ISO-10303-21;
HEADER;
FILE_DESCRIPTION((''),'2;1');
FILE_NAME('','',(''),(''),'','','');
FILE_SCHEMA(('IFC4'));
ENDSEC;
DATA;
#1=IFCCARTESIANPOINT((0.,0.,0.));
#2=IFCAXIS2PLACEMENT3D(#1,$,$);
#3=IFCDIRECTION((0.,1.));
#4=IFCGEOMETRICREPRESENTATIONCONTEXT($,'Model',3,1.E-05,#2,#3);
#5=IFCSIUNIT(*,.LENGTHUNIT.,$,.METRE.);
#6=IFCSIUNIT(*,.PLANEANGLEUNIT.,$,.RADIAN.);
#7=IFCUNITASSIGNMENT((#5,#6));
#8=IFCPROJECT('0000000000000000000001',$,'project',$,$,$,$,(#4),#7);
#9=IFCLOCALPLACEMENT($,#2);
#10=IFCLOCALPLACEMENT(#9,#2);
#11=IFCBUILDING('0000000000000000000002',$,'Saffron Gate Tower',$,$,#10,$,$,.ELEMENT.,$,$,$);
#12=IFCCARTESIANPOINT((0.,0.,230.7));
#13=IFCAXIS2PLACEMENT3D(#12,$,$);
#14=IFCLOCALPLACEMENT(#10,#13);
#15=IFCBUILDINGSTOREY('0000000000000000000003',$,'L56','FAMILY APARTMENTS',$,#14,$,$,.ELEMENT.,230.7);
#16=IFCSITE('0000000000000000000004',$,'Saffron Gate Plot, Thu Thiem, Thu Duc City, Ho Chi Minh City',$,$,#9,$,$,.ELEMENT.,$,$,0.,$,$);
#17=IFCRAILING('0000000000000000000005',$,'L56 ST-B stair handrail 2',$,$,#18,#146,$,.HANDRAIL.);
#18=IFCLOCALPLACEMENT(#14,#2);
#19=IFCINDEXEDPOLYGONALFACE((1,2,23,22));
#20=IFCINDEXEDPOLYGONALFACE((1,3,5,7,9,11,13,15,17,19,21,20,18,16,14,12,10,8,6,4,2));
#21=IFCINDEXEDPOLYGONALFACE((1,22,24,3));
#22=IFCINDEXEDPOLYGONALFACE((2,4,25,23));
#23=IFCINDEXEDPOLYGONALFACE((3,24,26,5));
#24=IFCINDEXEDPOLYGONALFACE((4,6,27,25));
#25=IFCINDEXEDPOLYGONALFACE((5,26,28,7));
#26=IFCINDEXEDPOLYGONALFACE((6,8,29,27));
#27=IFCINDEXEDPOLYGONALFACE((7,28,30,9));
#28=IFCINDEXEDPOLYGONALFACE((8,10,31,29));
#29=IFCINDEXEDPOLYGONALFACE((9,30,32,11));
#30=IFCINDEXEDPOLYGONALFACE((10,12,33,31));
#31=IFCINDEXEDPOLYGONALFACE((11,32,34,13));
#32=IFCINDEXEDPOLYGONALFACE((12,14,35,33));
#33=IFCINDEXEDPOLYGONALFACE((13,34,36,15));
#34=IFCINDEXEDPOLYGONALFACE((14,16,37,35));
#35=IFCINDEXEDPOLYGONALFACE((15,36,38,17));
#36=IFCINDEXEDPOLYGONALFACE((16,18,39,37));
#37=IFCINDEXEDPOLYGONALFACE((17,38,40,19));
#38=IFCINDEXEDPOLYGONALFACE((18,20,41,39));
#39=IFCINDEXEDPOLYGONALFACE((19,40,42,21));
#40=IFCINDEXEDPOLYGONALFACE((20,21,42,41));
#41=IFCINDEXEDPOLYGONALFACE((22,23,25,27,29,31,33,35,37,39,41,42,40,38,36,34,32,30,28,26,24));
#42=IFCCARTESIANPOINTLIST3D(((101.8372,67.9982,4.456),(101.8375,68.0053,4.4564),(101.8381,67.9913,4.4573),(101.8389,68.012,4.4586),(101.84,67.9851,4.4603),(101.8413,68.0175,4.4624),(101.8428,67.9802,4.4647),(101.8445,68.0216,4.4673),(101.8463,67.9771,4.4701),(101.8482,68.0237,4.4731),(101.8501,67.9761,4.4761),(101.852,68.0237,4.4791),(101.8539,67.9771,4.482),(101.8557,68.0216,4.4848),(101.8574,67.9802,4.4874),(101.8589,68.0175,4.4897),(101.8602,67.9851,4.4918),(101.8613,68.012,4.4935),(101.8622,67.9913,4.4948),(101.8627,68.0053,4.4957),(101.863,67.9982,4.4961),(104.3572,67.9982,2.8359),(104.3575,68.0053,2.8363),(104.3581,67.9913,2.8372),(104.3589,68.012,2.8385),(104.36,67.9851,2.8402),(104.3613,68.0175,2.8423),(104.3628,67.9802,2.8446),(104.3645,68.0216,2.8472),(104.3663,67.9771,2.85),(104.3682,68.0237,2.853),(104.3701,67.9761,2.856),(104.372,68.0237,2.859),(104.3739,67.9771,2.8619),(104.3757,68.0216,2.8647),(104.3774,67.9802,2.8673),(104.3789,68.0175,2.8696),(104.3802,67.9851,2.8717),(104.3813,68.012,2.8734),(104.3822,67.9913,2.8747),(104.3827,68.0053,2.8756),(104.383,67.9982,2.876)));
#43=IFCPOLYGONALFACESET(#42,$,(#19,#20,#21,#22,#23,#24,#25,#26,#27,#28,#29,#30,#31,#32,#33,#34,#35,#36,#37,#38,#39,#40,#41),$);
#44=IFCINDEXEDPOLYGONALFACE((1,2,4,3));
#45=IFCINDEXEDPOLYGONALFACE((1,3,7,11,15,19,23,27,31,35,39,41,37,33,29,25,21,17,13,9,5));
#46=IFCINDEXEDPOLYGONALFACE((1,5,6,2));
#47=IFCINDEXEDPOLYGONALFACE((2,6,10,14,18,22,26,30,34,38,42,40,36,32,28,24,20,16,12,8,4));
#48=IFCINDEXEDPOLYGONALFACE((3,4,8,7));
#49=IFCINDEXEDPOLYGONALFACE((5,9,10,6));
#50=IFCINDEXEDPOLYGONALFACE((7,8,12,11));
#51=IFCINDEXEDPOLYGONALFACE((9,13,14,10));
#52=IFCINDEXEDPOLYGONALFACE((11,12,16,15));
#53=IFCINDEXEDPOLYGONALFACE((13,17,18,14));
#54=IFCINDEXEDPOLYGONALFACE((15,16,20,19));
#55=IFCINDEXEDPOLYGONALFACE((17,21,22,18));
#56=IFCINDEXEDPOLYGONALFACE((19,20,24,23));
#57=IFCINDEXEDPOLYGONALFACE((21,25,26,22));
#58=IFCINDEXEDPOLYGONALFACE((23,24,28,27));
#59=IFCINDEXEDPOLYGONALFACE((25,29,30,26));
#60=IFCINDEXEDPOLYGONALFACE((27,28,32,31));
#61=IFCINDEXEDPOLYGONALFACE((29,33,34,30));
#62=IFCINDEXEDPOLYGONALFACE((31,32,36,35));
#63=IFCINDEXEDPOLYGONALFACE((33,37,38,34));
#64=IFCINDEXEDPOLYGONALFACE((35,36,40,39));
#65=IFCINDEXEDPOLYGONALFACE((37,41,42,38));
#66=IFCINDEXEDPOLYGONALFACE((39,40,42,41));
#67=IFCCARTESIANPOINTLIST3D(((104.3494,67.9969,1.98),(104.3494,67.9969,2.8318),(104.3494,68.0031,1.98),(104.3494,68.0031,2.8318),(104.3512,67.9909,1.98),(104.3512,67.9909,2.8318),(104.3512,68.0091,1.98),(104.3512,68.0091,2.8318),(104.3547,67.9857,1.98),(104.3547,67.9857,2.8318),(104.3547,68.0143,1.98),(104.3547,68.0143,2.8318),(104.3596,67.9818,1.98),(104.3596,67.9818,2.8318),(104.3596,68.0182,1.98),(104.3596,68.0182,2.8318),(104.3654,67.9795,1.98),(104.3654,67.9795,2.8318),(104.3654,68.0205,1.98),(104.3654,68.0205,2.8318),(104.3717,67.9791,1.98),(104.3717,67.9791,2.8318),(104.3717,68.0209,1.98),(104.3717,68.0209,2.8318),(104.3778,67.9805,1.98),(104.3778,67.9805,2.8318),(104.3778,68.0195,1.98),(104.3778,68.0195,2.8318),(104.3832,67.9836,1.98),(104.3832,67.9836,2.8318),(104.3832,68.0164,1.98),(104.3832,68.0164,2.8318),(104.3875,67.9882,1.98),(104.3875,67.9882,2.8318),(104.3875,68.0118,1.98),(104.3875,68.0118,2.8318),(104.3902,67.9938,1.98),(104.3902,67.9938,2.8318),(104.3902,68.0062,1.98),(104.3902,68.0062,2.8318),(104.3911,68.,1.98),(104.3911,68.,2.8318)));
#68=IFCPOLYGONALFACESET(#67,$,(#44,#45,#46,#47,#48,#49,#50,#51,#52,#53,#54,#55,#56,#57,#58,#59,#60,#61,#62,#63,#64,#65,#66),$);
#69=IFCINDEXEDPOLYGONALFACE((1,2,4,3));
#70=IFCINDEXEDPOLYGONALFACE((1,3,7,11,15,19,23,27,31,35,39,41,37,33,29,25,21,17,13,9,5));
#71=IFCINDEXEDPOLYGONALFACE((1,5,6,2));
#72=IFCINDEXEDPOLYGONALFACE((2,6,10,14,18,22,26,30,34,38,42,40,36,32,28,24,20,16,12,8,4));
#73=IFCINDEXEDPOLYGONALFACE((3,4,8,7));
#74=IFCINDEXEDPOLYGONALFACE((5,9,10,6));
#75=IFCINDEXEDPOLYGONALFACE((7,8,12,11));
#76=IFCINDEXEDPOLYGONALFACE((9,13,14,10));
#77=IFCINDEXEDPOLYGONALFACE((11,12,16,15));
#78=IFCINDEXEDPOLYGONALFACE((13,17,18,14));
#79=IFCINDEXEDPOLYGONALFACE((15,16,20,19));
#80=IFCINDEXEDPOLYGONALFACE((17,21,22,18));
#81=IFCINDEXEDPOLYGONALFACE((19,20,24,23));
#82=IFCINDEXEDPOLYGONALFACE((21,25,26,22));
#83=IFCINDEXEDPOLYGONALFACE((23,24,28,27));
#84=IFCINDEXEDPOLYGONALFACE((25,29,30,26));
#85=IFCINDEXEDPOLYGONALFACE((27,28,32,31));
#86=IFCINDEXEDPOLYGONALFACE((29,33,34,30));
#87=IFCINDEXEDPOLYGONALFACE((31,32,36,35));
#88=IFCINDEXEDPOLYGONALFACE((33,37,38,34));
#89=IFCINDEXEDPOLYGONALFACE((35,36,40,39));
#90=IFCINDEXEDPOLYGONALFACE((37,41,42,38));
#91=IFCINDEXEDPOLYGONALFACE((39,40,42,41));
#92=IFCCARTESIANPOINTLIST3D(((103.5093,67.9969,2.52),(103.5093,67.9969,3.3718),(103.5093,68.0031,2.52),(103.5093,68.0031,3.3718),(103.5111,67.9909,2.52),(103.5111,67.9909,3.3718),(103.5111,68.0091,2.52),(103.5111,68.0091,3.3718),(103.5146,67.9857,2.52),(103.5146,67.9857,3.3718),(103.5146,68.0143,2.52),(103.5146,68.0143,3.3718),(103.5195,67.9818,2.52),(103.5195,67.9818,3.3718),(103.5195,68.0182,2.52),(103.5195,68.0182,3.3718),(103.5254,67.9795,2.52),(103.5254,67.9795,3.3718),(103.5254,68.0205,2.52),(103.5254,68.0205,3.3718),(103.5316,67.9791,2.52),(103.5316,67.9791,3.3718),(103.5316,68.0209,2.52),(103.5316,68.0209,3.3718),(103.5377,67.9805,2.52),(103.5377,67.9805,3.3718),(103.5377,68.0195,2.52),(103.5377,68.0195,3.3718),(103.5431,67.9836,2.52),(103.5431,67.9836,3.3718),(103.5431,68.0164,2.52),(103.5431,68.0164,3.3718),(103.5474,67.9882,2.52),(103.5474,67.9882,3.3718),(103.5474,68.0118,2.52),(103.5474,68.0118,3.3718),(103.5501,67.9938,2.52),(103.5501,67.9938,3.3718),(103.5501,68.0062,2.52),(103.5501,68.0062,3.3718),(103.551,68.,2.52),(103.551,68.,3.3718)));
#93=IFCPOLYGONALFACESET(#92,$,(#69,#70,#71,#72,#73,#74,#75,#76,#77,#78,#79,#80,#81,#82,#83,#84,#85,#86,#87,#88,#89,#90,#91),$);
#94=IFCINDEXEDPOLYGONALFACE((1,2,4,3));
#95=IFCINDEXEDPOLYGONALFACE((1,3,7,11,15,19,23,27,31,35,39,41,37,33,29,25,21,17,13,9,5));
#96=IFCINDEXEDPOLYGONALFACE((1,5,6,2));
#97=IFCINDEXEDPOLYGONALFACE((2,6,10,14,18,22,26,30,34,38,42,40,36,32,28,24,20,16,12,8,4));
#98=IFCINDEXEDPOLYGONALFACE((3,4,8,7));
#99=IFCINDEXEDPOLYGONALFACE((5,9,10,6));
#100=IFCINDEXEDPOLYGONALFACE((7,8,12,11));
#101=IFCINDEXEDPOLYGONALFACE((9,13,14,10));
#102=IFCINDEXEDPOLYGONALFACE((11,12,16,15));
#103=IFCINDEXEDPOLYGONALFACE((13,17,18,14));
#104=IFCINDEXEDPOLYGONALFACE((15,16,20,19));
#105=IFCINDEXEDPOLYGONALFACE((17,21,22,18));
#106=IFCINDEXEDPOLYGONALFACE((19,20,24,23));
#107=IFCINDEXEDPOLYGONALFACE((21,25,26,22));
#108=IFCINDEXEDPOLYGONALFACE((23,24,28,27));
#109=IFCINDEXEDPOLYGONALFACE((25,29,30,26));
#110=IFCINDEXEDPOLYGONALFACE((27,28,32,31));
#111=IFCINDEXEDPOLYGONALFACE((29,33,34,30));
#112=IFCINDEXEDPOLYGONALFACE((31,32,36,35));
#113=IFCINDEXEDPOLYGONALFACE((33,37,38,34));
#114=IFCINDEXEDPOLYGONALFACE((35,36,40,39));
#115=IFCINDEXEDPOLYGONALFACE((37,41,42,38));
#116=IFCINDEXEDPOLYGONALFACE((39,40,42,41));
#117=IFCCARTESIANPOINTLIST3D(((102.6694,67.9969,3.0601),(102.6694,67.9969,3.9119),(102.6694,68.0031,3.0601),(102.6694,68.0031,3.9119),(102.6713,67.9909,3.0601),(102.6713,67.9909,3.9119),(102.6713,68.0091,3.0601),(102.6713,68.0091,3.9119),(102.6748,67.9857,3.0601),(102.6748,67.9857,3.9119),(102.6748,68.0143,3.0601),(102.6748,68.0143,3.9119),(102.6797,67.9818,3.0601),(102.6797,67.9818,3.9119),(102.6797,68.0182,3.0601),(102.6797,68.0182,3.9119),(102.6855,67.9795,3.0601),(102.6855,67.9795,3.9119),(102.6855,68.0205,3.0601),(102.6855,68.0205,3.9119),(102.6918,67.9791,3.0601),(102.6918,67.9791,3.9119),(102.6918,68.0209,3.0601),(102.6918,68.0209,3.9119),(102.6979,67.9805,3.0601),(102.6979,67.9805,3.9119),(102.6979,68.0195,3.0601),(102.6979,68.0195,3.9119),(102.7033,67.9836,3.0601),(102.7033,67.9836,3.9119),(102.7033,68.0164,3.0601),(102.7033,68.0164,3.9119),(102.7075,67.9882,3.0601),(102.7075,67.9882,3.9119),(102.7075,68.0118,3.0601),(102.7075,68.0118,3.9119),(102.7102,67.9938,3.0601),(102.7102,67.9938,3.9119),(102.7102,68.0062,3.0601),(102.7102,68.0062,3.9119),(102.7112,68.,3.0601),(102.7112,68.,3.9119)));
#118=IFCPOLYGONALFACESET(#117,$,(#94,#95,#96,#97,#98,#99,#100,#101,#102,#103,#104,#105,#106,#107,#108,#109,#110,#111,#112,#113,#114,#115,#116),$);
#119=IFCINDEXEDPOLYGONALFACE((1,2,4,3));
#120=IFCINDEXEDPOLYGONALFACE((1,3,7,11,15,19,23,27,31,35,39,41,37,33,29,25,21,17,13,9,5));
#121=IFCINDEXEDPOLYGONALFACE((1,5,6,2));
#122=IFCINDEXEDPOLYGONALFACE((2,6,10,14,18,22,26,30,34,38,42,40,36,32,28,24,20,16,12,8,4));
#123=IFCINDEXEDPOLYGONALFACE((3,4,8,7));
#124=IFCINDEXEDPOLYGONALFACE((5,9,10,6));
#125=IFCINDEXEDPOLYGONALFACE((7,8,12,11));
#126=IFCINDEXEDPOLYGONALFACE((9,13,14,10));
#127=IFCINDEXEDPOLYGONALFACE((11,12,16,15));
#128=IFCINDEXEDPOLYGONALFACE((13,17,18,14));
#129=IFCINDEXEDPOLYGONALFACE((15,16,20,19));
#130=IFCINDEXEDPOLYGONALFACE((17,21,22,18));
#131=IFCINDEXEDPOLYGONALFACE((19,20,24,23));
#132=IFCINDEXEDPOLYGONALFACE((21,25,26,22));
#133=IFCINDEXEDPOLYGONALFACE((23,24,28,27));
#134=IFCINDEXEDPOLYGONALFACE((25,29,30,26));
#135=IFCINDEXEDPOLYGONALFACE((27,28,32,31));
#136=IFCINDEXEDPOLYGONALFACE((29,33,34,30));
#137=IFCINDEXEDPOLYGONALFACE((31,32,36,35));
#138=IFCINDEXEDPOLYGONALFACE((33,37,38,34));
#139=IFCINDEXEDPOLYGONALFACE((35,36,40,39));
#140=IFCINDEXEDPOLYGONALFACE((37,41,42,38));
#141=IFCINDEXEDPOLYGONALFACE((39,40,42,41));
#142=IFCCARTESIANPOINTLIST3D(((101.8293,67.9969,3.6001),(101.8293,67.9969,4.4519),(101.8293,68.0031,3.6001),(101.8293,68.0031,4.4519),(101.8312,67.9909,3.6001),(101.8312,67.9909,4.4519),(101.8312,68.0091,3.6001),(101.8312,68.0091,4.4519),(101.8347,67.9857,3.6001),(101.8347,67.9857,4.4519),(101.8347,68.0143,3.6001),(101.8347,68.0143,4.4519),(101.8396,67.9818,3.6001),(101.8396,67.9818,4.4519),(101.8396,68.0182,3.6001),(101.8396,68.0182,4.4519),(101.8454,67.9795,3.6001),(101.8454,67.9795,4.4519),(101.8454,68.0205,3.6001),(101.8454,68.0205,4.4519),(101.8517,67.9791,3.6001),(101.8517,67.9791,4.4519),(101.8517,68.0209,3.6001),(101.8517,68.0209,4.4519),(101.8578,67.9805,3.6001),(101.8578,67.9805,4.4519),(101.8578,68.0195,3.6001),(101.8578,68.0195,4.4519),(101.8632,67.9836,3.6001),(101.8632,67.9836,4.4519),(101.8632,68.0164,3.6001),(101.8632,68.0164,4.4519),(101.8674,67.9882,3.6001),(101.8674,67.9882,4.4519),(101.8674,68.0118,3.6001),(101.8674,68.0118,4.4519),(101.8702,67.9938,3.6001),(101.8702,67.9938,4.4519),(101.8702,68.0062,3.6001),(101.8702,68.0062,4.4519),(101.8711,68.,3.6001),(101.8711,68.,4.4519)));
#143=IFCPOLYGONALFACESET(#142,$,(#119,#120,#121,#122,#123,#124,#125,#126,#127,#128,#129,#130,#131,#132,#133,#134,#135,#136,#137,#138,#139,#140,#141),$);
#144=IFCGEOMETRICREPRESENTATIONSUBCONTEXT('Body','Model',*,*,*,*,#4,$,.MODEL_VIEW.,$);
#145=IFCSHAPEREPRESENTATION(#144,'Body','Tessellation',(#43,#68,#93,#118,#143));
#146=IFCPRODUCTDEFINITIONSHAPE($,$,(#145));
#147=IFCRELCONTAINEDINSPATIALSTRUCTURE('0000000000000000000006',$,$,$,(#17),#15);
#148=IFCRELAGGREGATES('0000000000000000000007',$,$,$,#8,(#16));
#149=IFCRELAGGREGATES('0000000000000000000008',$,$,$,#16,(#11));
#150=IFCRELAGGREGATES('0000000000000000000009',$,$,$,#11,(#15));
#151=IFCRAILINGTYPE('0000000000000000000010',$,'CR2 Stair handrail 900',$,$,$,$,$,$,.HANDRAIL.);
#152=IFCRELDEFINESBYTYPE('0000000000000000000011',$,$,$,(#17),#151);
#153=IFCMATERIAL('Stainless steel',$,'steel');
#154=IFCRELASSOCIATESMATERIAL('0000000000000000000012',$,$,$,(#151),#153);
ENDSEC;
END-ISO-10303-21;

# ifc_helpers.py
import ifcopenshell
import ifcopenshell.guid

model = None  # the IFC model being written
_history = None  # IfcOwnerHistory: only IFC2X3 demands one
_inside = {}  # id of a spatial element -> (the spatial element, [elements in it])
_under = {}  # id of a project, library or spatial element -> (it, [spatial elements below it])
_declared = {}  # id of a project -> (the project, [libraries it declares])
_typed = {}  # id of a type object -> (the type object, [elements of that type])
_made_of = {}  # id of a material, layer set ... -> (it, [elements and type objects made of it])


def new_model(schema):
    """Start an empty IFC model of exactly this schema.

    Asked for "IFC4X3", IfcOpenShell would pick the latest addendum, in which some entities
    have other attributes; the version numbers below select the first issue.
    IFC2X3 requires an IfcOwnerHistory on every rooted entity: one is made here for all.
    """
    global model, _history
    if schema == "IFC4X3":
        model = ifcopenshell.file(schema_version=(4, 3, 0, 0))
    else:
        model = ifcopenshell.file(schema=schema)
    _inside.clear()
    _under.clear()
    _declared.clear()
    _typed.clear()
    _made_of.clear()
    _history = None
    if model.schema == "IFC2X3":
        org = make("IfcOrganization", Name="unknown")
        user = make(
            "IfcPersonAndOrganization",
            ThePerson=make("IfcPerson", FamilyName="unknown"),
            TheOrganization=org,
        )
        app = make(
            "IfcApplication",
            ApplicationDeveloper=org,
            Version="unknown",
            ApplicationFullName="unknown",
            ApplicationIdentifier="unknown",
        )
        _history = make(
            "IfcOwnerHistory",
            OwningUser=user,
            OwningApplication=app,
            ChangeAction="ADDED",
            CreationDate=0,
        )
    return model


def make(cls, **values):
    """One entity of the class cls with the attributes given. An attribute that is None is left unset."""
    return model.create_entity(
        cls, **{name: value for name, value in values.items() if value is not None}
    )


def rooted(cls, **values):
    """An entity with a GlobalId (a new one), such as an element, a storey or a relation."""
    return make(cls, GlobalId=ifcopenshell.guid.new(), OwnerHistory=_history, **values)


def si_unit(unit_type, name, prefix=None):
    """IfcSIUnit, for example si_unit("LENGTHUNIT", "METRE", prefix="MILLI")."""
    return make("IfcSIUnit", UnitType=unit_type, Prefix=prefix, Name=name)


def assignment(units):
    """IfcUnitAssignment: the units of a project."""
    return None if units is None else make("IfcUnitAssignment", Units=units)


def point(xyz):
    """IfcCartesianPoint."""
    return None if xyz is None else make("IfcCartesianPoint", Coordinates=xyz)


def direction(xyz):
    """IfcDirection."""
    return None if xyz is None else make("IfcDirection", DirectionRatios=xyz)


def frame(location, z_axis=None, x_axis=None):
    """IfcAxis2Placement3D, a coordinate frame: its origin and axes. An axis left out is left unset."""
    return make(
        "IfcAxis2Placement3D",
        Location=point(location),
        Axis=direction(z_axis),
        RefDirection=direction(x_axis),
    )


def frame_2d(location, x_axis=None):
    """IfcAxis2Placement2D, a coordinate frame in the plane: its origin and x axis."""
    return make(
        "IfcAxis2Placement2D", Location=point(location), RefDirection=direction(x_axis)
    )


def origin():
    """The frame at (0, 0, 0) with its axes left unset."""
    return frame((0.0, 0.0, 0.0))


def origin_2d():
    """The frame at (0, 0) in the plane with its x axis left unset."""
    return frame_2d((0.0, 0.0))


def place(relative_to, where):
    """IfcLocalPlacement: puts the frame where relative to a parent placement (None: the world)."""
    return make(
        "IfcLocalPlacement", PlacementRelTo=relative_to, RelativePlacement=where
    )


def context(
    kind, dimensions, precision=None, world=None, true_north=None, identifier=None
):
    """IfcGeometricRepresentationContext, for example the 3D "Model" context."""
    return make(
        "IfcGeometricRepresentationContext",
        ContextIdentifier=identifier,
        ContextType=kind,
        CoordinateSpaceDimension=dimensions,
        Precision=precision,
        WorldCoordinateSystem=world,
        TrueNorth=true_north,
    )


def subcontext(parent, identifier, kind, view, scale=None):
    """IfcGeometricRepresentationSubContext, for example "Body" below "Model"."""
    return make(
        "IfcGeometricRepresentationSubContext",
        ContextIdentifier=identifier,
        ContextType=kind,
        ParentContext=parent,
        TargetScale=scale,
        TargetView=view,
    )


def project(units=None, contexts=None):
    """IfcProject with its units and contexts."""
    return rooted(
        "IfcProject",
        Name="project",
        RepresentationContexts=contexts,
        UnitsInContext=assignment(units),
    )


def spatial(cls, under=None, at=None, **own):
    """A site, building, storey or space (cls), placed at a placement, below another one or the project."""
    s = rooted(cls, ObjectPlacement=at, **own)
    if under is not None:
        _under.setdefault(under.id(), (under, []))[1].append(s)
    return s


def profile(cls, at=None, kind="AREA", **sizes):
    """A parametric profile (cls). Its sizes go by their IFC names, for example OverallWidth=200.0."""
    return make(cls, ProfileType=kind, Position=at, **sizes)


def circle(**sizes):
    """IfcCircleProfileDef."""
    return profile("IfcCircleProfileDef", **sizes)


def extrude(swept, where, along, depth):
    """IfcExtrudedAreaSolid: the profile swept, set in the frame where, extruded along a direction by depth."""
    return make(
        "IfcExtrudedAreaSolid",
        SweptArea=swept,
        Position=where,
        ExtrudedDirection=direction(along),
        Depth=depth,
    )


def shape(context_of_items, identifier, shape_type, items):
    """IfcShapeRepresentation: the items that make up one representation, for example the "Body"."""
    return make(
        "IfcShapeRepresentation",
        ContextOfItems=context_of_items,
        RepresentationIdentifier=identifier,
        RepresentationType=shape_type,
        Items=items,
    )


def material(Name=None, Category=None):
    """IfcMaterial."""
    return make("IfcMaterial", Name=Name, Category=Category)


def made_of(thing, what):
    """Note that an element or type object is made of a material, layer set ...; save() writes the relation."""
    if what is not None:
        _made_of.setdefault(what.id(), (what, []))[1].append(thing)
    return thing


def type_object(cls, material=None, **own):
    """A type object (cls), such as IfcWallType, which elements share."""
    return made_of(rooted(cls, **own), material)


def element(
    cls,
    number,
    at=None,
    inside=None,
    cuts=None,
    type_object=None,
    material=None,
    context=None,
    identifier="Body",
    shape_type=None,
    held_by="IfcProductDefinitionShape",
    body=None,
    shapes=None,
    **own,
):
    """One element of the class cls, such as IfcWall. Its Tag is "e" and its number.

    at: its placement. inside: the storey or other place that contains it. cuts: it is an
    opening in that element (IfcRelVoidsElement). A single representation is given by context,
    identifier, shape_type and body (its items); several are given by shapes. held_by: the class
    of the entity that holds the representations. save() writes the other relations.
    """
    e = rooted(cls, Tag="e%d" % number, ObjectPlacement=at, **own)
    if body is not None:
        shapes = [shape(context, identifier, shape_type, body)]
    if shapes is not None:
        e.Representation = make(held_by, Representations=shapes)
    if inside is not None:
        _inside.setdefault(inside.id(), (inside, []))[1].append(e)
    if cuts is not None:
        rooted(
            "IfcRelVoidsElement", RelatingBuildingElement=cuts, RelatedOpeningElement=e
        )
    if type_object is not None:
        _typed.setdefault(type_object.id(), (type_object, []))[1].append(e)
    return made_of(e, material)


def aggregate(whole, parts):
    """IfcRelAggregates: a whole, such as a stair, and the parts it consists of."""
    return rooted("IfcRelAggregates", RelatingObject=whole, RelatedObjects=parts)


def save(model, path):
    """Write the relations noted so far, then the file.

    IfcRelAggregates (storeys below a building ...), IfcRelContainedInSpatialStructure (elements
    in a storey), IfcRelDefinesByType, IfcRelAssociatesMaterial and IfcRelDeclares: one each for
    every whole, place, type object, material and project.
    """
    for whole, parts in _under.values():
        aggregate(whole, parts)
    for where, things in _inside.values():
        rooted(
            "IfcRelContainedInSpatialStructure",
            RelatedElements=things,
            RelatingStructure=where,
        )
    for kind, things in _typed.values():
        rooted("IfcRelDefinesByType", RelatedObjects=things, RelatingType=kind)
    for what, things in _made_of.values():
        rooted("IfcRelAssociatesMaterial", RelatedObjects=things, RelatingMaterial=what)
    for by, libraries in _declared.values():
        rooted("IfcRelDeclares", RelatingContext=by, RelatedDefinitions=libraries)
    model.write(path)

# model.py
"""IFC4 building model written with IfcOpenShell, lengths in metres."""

from ifc_helpers import new_model, si_unit, direction, frame, origin, origin_2d, place, context, subcontext, project, spatial, circle, extrude, material, type_object, element, save


model = new_model("IFC4")

# Units and contexts
model_context = context("Model", 3, precision=1e-05, world=origin(), true_north=direction((0.0, 1.0)))
body_context = subcontext(model_context, "Body", "Model", "MODEL_VIEW")
ifc_project = project(units=[si_unit("LENGTHUNIT", "METRE"), si_unit("PLANEANGLEUNIT", "RADIAN")], contexts=[model_context])

# Site, building, storey
site_placement = place(None, origin())
site = spatial("IfcSite", under=ifc_project, at=site_placement, Name="Saffron Gate Plot, Thu Thiem, Thu Duc City, Ho Chi Minh City", CompositionType="ELEMENT", RefElevation=0.0)
building_placement = place(site_placement, origin())
building = spatial("IfcBuilding", under=site, at=building_placement, Name="Saffron Gate Tower", CompositionType="ELEMENT")
storey_placement = place(building_placement, frame((0.0, 0.0, 230.7)))
storey = spatial("IfcBuildingStorey", under=building, at=storey_placement, Name="L56", Description="FAMILY APARTMENTS", CompositionType="ELEMENT", Elevation=230.7)

# Railing
ifc_material_1 = material(Name="Stainless steel", Category="steel")
railing_type = type_object("IfcRailingType", Name="CR2 Stair handrail 900", PredefinedType="HANDRAIL", material=ifc_material_1)
railing_placement = place(storey_placement, frame((104.3701, 68.0, 1.98)))
element("IfcRailing", 1, at=railing_placement, inside=storey, type_object=railing_type, Name="L56 ST-B stair handrail 2", PredefinedType="HANDRAIL", context=body_context, shape_type="SweptSolid", body=[
    extrude(circle(Radius=0.0239, at=origin_2d()), frame((0.0, 0.0, 0.876), z_axis=(-0.841163, 0.0, 0.540782), x_axis=(0.0, -1.0, 0.0)), (0.0, 0.0, 1.0), 2.9958),
    extrude(circle(Radius=0.021, at=origin_2d()), origin(), (0.0, 0.0, 1.0), 0.8518),
    extrude(circle(Radius=0.021, at=origin_2d()), frame((-0.8401, 0.0, 0.54)), (0.0, 0.0, 1.0), 0.8518),
    extrude(circle(Radius=0.021, at=origin_2d()), frame((-1.6799, 0.0, 1.0801)), (0.0, 0.0, 1.0), 0.8518),
    extrude(circle(Radius=0.021, at=origin_2d()), frame((-2.52, 0.0, 1.6201)), (0.0, 0.0, 1.0), 0.8518),
])

save(model, "model.ifc")
